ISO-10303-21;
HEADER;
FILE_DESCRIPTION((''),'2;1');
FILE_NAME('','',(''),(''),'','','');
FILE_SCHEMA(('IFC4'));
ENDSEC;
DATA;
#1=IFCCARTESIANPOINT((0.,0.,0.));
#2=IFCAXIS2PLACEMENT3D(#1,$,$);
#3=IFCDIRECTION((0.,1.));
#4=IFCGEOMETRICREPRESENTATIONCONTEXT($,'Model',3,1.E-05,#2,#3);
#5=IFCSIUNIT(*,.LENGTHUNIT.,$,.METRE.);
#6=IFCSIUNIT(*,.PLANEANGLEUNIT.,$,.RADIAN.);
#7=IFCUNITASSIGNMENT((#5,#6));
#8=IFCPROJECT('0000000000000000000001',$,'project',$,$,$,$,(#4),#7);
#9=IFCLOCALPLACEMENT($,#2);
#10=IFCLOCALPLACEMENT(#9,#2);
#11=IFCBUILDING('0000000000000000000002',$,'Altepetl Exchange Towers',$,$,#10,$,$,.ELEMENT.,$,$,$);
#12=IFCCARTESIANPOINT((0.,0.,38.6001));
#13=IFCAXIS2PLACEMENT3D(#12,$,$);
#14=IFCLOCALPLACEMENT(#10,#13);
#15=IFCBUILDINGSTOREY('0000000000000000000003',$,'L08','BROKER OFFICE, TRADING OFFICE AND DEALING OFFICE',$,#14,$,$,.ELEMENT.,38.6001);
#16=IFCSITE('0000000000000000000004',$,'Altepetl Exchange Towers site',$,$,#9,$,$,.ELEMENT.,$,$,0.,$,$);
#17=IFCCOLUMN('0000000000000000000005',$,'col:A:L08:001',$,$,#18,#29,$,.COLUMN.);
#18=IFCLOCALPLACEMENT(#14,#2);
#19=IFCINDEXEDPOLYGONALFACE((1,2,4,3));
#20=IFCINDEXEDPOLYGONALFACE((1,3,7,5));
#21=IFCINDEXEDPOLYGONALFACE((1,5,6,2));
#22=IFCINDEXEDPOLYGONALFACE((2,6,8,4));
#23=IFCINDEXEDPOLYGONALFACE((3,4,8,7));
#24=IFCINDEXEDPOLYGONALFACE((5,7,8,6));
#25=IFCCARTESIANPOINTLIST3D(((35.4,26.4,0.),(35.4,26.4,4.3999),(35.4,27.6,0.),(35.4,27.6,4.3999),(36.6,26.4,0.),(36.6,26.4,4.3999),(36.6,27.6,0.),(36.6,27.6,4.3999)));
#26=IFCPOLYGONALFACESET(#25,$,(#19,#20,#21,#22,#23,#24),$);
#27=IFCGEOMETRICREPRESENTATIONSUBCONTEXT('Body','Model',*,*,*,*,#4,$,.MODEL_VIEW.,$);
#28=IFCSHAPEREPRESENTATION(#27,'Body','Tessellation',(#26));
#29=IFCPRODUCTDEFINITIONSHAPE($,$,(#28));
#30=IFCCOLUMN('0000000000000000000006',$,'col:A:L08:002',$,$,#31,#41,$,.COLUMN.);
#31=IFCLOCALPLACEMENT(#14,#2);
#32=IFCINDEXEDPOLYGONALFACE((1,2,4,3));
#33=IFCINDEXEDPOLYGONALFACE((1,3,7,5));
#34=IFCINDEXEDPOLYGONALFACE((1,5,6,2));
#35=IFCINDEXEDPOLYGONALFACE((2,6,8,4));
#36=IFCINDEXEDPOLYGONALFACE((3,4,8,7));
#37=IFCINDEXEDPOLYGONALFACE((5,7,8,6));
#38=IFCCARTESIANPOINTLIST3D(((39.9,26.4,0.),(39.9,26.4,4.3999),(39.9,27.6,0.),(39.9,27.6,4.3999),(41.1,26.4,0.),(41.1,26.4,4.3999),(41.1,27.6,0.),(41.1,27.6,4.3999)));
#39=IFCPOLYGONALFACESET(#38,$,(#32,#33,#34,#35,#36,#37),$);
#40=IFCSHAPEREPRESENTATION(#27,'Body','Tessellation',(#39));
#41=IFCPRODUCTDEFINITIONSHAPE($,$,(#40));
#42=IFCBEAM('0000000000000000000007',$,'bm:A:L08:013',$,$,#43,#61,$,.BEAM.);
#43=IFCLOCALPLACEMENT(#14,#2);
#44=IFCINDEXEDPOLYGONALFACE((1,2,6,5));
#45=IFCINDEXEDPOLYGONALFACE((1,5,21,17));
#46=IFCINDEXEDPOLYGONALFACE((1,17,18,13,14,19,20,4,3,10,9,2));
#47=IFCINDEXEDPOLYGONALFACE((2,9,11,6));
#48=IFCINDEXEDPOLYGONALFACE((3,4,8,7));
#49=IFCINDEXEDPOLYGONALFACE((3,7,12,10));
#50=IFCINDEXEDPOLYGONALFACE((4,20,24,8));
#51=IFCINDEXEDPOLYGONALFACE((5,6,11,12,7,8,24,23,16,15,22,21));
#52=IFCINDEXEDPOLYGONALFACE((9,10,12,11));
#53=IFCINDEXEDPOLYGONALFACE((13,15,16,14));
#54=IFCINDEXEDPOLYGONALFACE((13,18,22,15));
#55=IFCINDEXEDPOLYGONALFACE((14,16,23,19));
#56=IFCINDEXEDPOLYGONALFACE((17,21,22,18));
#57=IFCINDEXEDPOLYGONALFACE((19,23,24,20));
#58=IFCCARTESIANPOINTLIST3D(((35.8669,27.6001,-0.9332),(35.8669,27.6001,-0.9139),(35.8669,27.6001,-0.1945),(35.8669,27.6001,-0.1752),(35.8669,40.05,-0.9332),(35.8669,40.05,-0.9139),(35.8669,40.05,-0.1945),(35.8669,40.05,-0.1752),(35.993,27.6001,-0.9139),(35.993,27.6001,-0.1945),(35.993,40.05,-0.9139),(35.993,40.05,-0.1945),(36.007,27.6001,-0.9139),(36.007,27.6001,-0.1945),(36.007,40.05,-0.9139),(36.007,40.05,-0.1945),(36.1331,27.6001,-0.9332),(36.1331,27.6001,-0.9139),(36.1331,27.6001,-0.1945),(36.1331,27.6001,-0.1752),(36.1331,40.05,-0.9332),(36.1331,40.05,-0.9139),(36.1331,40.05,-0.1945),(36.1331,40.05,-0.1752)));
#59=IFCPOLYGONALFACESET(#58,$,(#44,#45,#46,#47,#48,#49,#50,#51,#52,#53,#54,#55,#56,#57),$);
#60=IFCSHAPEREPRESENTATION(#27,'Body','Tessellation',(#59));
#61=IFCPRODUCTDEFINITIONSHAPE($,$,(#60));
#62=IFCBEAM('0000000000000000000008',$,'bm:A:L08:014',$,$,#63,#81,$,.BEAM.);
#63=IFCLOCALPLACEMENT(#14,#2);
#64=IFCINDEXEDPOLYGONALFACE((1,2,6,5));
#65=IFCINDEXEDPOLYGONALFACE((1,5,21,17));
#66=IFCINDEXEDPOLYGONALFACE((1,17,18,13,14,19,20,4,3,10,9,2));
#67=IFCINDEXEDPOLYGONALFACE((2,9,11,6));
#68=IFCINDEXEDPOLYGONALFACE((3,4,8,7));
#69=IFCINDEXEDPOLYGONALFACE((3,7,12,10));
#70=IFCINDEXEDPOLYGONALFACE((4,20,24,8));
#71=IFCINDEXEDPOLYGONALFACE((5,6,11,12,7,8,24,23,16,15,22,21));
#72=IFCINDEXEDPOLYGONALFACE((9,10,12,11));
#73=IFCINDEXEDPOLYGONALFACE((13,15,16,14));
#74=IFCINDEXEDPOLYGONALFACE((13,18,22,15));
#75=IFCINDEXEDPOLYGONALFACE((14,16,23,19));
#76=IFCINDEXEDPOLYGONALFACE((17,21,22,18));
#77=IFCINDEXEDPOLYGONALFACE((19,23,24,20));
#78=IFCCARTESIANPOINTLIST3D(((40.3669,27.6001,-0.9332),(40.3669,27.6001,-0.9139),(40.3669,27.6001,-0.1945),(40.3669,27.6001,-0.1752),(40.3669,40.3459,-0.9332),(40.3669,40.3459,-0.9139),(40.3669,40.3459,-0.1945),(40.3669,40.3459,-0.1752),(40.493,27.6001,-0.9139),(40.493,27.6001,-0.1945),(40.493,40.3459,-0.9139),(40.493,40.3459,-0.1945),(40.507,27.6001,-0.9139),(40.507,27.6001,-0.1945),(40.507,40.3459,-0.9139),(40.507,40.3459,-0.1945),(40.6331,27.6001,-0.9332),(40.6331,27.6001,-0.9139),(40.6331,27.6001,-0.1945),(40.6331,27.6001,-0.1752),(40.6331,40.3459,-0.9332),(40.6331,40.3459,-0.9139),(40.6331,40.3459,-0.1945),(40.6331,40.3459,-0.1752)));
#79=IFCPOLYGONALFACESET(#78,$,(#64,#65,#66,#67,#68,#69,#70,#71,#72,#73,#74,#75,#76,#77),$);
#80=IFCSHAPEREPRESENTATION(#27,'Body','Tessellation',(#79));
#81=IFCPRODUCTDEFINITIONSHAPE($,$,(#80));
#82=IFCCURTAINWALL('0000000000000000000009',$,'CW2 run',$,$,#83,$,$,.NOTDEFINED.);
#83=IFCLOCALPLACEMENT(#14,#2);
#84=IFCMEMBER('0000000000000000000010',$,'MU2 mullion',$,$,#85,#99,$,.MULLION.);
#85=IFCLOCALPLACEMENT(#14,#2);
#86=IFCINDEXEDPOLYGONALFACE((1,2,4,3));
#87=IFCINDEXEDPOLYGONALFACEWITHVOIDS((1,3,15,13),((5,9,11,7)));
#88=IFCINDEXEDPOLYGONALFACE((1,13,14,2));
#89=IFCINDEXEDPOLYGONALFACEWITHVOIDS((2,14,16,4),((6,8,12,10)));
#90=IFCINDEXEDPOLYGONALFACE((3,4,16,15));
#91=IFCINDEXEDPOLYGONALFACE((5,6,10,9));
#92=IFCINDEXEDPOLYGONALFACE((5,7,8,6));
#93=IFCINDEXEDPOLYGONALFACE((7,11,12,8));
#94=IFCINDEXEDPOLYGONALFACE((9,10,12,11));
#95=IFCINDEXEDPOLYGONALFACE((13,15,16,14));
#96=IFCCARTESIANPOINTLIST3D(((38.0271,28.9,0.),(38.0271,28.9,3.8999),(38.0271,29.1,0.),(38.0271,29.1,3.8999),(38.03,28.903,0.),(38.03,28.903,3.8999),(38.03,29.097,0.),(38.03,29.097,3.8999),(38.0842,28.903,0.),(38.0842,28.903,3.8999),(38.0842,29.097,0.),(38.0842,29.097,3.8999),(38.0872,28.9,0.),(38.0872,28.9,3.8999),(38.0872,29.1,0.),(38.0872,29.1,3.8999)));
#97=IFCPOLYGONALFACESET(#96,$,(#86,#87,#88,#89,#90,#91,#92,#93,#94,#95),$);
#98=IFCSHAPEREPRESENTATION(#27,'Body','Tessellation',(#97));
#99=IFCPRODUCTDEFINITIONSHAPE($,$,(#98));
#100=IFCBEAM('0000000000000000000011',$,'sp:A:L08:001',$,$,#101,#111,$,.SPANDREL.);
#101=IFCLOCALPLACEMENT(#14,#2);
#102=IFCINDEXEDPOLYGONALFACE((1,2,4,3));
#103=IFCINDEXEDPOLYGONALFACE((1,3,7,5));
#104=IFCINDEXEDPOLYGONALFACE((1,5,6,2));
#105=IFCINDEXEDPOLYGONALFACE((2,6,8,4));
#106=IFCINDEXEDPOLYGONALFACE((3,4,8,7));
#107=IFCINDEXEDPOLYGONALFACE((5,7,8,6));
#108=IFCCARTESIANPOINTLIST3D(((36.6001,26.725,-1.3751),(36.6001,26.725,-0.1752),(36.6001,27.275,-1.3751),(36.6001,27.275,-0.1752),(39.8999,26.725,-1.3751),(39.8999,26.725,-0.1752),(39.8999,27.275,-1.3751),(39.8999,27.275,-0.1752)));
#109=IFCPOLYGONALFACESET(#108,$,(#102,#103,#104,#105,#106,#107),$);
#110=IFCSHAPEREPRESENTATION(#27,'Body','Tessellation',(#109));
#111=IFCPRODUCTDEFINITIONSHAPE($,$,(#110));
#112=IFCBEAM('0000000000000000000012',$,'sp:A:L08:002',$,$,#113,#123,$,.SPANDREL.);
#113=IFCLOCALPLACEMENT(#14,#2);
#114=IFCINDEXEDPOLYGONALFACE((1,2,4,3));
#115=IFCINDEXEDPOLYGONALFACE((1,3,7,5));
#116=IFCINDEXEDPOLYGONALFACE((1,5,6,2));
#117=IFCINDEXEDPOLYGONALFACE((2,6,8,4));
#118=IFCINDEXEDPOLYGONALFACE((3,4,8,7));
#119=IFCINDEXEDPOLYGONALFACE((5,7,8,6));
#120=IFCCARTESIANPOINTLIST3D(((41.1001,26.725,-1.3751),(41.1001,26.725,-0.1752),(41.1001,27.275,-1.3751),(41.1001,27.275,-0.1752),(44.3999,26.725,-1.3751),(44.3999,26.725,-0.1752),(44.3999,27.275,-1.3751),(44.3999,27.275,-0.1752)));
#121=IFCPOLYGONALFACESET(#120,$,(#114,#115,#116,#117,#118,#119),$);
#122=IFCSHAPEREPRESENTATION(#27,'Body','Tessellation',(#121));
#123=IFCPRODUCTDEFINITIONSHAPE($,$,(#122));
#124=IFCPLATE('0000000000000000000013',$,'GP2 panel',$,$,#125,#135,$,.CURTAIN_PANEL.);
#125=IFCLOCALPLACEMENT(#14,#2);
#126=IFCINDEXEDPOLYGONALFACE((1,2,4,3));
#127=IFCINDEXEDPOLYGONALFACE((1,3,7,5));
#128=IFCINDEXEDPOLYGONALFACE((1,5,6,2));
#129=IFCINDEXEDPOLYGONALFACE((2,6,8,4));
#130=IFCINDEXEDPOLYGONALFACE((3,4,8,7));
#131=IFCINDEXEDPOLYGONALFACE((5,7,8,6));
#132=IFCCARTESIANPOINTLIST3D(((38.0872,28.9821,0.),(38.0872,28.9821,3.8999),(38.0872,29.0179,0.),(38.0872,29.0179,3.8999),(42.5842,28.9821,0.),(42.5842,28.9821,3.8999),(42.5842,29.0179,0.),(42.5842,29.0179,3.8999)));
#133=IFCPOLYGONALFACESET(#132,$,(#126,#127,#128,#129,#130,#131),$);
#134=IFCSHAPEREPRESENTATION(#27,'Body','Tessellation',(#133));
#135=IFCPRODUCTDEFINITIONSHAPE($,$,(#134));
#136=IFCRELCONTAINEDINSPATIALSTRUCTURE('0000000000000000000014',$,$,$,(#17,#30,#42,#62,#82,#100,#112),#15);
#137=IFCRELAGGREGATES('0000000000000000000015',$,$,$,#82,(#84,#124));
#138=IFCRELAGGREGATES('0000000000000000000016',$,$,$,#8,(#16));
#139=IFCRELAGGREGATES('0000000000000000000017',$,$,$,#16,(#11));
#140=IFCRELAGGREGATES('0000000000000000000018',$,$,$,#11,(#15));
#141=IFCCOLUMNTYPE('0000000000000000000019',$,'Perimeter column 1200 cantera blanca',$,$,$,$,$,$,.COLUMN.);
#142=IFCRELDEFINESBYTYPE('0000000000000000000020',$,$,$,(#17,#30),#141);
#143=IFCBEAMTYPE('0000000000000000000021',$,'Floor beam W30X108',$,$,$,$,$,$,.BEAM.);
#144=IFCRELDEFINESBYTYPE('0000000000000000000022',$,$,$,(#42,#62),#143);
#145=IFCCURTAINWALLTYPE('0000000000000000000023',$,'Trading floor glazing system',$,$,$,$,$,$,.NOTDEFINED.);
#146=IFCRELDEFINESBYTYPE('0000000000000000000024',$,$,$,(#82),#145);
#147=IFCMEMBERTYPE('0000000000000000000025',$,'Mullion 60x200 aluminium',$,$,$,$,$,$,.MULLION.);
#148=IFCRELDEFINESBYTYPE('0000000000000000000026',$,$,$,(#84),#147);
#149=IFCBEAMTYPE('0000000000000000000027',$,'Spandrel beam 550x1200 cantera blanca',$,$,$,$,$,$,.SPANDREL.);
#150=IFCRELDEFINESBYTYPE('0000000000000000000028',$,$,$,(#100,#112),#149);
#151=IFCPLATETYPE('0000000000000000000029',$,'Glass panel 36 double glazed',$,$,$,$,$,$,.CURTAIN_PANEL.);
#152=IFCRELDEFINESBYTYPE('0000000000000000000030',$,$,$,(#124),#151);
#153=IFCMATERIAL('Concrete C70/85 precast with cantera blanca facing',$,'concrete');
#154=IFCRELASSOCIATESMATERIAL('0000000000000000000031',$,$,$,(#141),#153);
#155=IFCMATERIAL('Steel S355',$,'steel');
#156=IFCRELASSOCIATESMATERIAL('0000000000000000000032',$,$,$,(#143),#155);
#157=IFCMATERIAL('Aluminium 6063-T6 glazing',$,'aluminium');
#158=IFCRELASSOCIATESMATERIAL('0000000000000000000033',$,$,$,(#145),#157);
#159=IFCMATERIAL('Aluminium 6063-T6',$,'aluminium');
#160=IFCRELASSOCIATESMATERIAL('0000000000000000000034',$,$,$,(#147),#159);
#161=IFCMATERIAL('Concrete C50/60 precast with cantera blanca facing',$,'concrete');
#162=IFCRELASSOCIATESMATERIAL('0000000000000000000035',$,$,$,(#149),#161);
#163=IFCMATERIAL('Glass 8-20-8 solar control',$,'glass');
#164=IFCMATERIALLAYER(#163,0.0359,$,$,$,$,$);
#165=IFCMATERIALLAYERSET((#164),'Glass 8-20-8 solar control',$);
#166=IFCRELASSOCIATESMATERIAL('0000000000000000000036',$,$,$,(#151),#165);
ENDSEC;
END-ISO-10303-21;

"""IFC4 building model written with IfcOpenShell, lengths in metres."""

from ifc_helpers import new_model, si_unit, direction, frame, origin, origin_2d, place, context, subcontext, project, spatial, rectangle, hollow_rectangle, i_section, extrude, material, layer, layer_set, material_profile, profile_set, type_object, element, aggregate, save


model = new_model("IFC4")

# Units and contexts
model_context = context("Model", 3, precision=1e-05, world=origin(), true_north=direction((0.0, 1.0)))
body_context = subcontext(model_context, "Body", "Model", "MODEL_VIEW")
ifc_project = project(units=[si_unit("LENGTHUNIT", "METRE"), si_unit("PLANEANGLEUNIT", "RADIAN")], contexts=[model_context])

# Site, building, storey
site_placement = place(None, origin())
site = spatial("IfcSite", under=ifc_project, at=site_placement, Name="Altepetl Exchange Towers site", CompositionType="ELEMENT", RefElevation=0.0)
building_placement = place(site_placement, origin())
building = spatial("IfcBuilding", under=site, at=building_placement, Name="Altepetl Exchange Towers", CompositionType="ELEMENT")
storey_placement = place(building_placement, frame((0.0, 0.0, 38.6001)))
storey = spatial("IfcBuildingStorey", under=building, at=storey_placement, Name="L08", Description="BROKER OFFICE, TRADING OFFICE AND DEALING OFFICE", CompositionType="ELEMENT", Elevation=38.6001)

# Columns
ifc_material_1 = material(Name="Concrete C70/85 precast with cantera blanca facing", Category="concrete")
ifc_material_profile_1 = material_profile(ifc_material_1, rectangle(XDim=1.2, YDim=1.2, at=origin_2d()), Name="1200 x 1200")
ifc_profile_set_1 = profile_set([ifc_material_profile_1], Name="Concrete C70/85 precast with cantera blanca facing")
column_type = type_object("IfcColumnType", Name="Perimeter column 1200 cantera blanca", PredefinedType="COLUMN", material=ifc_profile_set_1)
for number, where, name in (
    (1, (36.0, 27.0, 0.0), "col:A:L08:001"),
    (2, (40.5, 27.0, 0.0), "col:A:L08:002"),
):
    element("IfcColumn", number, at=place(storey_placement, frame(where)), inside=storey, type_object=column_type, Name=name, PredefinedType="COLUMN", context=body_context, shape_type="SweptSolid", body=[
        extrude(rectangle(XDim=1.2, YDim=1.2, at=origin_2d()), origin(), (0.0, 0.0, 1.0), 4.3999),
    ])

# Beams
ifc_material_2 = material(Name="Steel S355", Category="steel")
ifc_material_profile_2 = material_profile(ifc_material_2, i_section(OverallWidth=0.2661, OverallDepth=0.7581, WebThickness=0.0139, FlangeThickness=0.0193, at=origin_2d()), Name="W30X108")
ifc_profile_set_2 = profile_set([ifc_material_profile_2], Name="Steel S355")
beam_type_1 = type_object("IfcBeamType", Name="Floor beam W30X108", PredefinedType="BEAM", material=ifc_profile_set_2)
beam_1_placement = place(storey_placement, frame((36.0, 27.6001, -0.5542), z_axis=(0.0, 1.0, 0.0), x_axis=(-1.0, 0.0, 0.0)))
element("IfcBeam", 3, at=beam_1_placement, inside=storey, type_object=beam_type_1, Name="bm:A:L08:013", PredefinedType="BEAM", context=body_context, shape_type="SweptSolid", body=[
    extrude(i_section(OverallWidth=0.2661, OverallDepth=0.7581, WebThickness=0.0139, FlangeThickness=0.0193, at=origin_2d()), origin(), (0.0, 0.0, 1.0), 12.45),
])
beam_2_placement = place(storey_placement, frame((40.5, 27.6001, -0.5542), z_axis=(0.0, 1.0, 0.0), x_axis=(-1.0, 0.0, 0.0)))
element("IfcBeam", 4, at=beam_2_placement, inside=storey, type_object=beam_type_1, Name="bm:A:L08:014", PredefinedType="BEAM", context=body_context, shape_type="SweptSolid", body=[
    extrude(i_section(OverallWidth=0.2661, OverallDepth=0.7581, WebThickness=0.0139, FlangeThickness=0.0193, at=origin_2d()), origin(), (0.0, 0.0, 1.0), 12.7458),
])

# Curtain wall, member
ifc_material_3 = material(Name="Aluminium 6063-T6 glazing", Category="aluminium")
curtain_wall_type = type_object("IfcCurtainWallType", Name="Trading floor glazing system", PredefinedType="NOTDEFINED", material=ifc_material_3)
curtain_wall_placement = place(storey_placement, origin())
curtain_wall = element("IfcCurtainWall", 5, at=curtain_wall_placement, inside=storey, type_object=curtain_wall_type, Name="CW2 run", PredefinedType="NOTDEFINED")
ifc_material_4 = material(Name="Aluminium 6063-T6", Category="aluminium")
ifc_material_profile_3 = material_profile(ifc_material_4, hollow_rectangle(XDim=0.0601, YDim=0.2, WallThickness=0.0029, at=origin_2d()), Name="Mullion 60x200 aluminium")
ifc_profile_set_3 = profile_set([ifc_material_profile_3], Name="Aluminium 6063-T6")
member_type = type_object("IfcMemberType", Name="Mullion 60x200 aluminium", PredefinedType="MULLION", material=ifc_profile_set_3)
member_placement = place(storey_placement, frame((38.0571, 29.0, 0.0)))
member = element("IfcMember", 6, at=member_placement, type_object=member_type, Name="MU2 mullion", PredefinedType="MULLION", context=body_context, shape_type="SweptSolid", body=[
    extrude(hollow_rectangle(XDim=0.0601, YDim=0.2, WallThickness=0.0029, at=origin_2d()), origin(), (0.0, 0.0, 1.0), 3.8999),
])

# Beams
ifc_material_5 = material(Name="Concrete C50/60 precast with cantera blanca facing", Category="concrete")
ifc_material_profile_4 = material_profile(ifc_material_5, rectangle(XDim=0.55, YDim=1.2, at=origin_2d()), Name="550 x 1200")
ifc_profile_set_4 = profile_set([ifc_material_profile_4], Name="Concrete C50/60 precast with cantera blanca facing")
beam_type_2 = type_object("IfcBeamType", Name="Spandrel beam 550x1200 cantera blanca", PredefinedType="SPANDREL", material=ifc_profile_set_4)
for number, where, z_axis, x_axis, name in (
    (7, (36.6001, 27.0, -0.7751), (1.0, 0.0, 0.0), (0.0, 1.0, 0.0), "sp:A:L08:001"),
    (8, (41.1001, 27.0, -0.7751), (1.0, 0.0, 0.0), (0.0, 1.0, 0.0), "sp:A:L08:002"),
):
    element("IfcBeam", number, at=place(storey_placement, frame(where, z_axis=z_axis, x_axis=x_axis)), inside=storey, type_object=beam_type_2, Name=name, PredefinedType="SPANDREL", context=body_context, shape_type="SweptSolid", body=[
        extrude(rectangle(XDim=0.55, YDim=1.2, at=origin_2d()), origin(), (0.0, 0.0, 1.0), 3.2998),
    ])

# Plate
ifc_material_6 = material(Name="Glass 8-20-8 solar control", Category="glass")
ifc_layer = layer(ifc_material_6, 0.0359)
ifc_layer_set = layer_set([ifc_layer], Name="Glass 8-20-8 solar control")
plate_type = type_object("IfcPlateType", Name="Glass panel 36 double glazed", PredefinedType="CURTAIN_PANEL", material=ifc_layer_set)
plate_placement = place(storey_placement, frame((40.3357, 29.0, 0.0)))
plate = element("IfcPlate", 9, at=plate_placement, type_object=plate_type, Name="GP2 panel", PredefinedType="CURTAIN_PANEL", context=body_context, shape_type="SweptSolid", body=[
    extrude(rectangle(XDim=4.4971, YDim=0.0359, at=origin_2d()), origin(), (0.0, 0.0, 1.0), 3.8999),
])
aggregate(curtain_wall, [member, plate])

save(model, "model.ifc")
